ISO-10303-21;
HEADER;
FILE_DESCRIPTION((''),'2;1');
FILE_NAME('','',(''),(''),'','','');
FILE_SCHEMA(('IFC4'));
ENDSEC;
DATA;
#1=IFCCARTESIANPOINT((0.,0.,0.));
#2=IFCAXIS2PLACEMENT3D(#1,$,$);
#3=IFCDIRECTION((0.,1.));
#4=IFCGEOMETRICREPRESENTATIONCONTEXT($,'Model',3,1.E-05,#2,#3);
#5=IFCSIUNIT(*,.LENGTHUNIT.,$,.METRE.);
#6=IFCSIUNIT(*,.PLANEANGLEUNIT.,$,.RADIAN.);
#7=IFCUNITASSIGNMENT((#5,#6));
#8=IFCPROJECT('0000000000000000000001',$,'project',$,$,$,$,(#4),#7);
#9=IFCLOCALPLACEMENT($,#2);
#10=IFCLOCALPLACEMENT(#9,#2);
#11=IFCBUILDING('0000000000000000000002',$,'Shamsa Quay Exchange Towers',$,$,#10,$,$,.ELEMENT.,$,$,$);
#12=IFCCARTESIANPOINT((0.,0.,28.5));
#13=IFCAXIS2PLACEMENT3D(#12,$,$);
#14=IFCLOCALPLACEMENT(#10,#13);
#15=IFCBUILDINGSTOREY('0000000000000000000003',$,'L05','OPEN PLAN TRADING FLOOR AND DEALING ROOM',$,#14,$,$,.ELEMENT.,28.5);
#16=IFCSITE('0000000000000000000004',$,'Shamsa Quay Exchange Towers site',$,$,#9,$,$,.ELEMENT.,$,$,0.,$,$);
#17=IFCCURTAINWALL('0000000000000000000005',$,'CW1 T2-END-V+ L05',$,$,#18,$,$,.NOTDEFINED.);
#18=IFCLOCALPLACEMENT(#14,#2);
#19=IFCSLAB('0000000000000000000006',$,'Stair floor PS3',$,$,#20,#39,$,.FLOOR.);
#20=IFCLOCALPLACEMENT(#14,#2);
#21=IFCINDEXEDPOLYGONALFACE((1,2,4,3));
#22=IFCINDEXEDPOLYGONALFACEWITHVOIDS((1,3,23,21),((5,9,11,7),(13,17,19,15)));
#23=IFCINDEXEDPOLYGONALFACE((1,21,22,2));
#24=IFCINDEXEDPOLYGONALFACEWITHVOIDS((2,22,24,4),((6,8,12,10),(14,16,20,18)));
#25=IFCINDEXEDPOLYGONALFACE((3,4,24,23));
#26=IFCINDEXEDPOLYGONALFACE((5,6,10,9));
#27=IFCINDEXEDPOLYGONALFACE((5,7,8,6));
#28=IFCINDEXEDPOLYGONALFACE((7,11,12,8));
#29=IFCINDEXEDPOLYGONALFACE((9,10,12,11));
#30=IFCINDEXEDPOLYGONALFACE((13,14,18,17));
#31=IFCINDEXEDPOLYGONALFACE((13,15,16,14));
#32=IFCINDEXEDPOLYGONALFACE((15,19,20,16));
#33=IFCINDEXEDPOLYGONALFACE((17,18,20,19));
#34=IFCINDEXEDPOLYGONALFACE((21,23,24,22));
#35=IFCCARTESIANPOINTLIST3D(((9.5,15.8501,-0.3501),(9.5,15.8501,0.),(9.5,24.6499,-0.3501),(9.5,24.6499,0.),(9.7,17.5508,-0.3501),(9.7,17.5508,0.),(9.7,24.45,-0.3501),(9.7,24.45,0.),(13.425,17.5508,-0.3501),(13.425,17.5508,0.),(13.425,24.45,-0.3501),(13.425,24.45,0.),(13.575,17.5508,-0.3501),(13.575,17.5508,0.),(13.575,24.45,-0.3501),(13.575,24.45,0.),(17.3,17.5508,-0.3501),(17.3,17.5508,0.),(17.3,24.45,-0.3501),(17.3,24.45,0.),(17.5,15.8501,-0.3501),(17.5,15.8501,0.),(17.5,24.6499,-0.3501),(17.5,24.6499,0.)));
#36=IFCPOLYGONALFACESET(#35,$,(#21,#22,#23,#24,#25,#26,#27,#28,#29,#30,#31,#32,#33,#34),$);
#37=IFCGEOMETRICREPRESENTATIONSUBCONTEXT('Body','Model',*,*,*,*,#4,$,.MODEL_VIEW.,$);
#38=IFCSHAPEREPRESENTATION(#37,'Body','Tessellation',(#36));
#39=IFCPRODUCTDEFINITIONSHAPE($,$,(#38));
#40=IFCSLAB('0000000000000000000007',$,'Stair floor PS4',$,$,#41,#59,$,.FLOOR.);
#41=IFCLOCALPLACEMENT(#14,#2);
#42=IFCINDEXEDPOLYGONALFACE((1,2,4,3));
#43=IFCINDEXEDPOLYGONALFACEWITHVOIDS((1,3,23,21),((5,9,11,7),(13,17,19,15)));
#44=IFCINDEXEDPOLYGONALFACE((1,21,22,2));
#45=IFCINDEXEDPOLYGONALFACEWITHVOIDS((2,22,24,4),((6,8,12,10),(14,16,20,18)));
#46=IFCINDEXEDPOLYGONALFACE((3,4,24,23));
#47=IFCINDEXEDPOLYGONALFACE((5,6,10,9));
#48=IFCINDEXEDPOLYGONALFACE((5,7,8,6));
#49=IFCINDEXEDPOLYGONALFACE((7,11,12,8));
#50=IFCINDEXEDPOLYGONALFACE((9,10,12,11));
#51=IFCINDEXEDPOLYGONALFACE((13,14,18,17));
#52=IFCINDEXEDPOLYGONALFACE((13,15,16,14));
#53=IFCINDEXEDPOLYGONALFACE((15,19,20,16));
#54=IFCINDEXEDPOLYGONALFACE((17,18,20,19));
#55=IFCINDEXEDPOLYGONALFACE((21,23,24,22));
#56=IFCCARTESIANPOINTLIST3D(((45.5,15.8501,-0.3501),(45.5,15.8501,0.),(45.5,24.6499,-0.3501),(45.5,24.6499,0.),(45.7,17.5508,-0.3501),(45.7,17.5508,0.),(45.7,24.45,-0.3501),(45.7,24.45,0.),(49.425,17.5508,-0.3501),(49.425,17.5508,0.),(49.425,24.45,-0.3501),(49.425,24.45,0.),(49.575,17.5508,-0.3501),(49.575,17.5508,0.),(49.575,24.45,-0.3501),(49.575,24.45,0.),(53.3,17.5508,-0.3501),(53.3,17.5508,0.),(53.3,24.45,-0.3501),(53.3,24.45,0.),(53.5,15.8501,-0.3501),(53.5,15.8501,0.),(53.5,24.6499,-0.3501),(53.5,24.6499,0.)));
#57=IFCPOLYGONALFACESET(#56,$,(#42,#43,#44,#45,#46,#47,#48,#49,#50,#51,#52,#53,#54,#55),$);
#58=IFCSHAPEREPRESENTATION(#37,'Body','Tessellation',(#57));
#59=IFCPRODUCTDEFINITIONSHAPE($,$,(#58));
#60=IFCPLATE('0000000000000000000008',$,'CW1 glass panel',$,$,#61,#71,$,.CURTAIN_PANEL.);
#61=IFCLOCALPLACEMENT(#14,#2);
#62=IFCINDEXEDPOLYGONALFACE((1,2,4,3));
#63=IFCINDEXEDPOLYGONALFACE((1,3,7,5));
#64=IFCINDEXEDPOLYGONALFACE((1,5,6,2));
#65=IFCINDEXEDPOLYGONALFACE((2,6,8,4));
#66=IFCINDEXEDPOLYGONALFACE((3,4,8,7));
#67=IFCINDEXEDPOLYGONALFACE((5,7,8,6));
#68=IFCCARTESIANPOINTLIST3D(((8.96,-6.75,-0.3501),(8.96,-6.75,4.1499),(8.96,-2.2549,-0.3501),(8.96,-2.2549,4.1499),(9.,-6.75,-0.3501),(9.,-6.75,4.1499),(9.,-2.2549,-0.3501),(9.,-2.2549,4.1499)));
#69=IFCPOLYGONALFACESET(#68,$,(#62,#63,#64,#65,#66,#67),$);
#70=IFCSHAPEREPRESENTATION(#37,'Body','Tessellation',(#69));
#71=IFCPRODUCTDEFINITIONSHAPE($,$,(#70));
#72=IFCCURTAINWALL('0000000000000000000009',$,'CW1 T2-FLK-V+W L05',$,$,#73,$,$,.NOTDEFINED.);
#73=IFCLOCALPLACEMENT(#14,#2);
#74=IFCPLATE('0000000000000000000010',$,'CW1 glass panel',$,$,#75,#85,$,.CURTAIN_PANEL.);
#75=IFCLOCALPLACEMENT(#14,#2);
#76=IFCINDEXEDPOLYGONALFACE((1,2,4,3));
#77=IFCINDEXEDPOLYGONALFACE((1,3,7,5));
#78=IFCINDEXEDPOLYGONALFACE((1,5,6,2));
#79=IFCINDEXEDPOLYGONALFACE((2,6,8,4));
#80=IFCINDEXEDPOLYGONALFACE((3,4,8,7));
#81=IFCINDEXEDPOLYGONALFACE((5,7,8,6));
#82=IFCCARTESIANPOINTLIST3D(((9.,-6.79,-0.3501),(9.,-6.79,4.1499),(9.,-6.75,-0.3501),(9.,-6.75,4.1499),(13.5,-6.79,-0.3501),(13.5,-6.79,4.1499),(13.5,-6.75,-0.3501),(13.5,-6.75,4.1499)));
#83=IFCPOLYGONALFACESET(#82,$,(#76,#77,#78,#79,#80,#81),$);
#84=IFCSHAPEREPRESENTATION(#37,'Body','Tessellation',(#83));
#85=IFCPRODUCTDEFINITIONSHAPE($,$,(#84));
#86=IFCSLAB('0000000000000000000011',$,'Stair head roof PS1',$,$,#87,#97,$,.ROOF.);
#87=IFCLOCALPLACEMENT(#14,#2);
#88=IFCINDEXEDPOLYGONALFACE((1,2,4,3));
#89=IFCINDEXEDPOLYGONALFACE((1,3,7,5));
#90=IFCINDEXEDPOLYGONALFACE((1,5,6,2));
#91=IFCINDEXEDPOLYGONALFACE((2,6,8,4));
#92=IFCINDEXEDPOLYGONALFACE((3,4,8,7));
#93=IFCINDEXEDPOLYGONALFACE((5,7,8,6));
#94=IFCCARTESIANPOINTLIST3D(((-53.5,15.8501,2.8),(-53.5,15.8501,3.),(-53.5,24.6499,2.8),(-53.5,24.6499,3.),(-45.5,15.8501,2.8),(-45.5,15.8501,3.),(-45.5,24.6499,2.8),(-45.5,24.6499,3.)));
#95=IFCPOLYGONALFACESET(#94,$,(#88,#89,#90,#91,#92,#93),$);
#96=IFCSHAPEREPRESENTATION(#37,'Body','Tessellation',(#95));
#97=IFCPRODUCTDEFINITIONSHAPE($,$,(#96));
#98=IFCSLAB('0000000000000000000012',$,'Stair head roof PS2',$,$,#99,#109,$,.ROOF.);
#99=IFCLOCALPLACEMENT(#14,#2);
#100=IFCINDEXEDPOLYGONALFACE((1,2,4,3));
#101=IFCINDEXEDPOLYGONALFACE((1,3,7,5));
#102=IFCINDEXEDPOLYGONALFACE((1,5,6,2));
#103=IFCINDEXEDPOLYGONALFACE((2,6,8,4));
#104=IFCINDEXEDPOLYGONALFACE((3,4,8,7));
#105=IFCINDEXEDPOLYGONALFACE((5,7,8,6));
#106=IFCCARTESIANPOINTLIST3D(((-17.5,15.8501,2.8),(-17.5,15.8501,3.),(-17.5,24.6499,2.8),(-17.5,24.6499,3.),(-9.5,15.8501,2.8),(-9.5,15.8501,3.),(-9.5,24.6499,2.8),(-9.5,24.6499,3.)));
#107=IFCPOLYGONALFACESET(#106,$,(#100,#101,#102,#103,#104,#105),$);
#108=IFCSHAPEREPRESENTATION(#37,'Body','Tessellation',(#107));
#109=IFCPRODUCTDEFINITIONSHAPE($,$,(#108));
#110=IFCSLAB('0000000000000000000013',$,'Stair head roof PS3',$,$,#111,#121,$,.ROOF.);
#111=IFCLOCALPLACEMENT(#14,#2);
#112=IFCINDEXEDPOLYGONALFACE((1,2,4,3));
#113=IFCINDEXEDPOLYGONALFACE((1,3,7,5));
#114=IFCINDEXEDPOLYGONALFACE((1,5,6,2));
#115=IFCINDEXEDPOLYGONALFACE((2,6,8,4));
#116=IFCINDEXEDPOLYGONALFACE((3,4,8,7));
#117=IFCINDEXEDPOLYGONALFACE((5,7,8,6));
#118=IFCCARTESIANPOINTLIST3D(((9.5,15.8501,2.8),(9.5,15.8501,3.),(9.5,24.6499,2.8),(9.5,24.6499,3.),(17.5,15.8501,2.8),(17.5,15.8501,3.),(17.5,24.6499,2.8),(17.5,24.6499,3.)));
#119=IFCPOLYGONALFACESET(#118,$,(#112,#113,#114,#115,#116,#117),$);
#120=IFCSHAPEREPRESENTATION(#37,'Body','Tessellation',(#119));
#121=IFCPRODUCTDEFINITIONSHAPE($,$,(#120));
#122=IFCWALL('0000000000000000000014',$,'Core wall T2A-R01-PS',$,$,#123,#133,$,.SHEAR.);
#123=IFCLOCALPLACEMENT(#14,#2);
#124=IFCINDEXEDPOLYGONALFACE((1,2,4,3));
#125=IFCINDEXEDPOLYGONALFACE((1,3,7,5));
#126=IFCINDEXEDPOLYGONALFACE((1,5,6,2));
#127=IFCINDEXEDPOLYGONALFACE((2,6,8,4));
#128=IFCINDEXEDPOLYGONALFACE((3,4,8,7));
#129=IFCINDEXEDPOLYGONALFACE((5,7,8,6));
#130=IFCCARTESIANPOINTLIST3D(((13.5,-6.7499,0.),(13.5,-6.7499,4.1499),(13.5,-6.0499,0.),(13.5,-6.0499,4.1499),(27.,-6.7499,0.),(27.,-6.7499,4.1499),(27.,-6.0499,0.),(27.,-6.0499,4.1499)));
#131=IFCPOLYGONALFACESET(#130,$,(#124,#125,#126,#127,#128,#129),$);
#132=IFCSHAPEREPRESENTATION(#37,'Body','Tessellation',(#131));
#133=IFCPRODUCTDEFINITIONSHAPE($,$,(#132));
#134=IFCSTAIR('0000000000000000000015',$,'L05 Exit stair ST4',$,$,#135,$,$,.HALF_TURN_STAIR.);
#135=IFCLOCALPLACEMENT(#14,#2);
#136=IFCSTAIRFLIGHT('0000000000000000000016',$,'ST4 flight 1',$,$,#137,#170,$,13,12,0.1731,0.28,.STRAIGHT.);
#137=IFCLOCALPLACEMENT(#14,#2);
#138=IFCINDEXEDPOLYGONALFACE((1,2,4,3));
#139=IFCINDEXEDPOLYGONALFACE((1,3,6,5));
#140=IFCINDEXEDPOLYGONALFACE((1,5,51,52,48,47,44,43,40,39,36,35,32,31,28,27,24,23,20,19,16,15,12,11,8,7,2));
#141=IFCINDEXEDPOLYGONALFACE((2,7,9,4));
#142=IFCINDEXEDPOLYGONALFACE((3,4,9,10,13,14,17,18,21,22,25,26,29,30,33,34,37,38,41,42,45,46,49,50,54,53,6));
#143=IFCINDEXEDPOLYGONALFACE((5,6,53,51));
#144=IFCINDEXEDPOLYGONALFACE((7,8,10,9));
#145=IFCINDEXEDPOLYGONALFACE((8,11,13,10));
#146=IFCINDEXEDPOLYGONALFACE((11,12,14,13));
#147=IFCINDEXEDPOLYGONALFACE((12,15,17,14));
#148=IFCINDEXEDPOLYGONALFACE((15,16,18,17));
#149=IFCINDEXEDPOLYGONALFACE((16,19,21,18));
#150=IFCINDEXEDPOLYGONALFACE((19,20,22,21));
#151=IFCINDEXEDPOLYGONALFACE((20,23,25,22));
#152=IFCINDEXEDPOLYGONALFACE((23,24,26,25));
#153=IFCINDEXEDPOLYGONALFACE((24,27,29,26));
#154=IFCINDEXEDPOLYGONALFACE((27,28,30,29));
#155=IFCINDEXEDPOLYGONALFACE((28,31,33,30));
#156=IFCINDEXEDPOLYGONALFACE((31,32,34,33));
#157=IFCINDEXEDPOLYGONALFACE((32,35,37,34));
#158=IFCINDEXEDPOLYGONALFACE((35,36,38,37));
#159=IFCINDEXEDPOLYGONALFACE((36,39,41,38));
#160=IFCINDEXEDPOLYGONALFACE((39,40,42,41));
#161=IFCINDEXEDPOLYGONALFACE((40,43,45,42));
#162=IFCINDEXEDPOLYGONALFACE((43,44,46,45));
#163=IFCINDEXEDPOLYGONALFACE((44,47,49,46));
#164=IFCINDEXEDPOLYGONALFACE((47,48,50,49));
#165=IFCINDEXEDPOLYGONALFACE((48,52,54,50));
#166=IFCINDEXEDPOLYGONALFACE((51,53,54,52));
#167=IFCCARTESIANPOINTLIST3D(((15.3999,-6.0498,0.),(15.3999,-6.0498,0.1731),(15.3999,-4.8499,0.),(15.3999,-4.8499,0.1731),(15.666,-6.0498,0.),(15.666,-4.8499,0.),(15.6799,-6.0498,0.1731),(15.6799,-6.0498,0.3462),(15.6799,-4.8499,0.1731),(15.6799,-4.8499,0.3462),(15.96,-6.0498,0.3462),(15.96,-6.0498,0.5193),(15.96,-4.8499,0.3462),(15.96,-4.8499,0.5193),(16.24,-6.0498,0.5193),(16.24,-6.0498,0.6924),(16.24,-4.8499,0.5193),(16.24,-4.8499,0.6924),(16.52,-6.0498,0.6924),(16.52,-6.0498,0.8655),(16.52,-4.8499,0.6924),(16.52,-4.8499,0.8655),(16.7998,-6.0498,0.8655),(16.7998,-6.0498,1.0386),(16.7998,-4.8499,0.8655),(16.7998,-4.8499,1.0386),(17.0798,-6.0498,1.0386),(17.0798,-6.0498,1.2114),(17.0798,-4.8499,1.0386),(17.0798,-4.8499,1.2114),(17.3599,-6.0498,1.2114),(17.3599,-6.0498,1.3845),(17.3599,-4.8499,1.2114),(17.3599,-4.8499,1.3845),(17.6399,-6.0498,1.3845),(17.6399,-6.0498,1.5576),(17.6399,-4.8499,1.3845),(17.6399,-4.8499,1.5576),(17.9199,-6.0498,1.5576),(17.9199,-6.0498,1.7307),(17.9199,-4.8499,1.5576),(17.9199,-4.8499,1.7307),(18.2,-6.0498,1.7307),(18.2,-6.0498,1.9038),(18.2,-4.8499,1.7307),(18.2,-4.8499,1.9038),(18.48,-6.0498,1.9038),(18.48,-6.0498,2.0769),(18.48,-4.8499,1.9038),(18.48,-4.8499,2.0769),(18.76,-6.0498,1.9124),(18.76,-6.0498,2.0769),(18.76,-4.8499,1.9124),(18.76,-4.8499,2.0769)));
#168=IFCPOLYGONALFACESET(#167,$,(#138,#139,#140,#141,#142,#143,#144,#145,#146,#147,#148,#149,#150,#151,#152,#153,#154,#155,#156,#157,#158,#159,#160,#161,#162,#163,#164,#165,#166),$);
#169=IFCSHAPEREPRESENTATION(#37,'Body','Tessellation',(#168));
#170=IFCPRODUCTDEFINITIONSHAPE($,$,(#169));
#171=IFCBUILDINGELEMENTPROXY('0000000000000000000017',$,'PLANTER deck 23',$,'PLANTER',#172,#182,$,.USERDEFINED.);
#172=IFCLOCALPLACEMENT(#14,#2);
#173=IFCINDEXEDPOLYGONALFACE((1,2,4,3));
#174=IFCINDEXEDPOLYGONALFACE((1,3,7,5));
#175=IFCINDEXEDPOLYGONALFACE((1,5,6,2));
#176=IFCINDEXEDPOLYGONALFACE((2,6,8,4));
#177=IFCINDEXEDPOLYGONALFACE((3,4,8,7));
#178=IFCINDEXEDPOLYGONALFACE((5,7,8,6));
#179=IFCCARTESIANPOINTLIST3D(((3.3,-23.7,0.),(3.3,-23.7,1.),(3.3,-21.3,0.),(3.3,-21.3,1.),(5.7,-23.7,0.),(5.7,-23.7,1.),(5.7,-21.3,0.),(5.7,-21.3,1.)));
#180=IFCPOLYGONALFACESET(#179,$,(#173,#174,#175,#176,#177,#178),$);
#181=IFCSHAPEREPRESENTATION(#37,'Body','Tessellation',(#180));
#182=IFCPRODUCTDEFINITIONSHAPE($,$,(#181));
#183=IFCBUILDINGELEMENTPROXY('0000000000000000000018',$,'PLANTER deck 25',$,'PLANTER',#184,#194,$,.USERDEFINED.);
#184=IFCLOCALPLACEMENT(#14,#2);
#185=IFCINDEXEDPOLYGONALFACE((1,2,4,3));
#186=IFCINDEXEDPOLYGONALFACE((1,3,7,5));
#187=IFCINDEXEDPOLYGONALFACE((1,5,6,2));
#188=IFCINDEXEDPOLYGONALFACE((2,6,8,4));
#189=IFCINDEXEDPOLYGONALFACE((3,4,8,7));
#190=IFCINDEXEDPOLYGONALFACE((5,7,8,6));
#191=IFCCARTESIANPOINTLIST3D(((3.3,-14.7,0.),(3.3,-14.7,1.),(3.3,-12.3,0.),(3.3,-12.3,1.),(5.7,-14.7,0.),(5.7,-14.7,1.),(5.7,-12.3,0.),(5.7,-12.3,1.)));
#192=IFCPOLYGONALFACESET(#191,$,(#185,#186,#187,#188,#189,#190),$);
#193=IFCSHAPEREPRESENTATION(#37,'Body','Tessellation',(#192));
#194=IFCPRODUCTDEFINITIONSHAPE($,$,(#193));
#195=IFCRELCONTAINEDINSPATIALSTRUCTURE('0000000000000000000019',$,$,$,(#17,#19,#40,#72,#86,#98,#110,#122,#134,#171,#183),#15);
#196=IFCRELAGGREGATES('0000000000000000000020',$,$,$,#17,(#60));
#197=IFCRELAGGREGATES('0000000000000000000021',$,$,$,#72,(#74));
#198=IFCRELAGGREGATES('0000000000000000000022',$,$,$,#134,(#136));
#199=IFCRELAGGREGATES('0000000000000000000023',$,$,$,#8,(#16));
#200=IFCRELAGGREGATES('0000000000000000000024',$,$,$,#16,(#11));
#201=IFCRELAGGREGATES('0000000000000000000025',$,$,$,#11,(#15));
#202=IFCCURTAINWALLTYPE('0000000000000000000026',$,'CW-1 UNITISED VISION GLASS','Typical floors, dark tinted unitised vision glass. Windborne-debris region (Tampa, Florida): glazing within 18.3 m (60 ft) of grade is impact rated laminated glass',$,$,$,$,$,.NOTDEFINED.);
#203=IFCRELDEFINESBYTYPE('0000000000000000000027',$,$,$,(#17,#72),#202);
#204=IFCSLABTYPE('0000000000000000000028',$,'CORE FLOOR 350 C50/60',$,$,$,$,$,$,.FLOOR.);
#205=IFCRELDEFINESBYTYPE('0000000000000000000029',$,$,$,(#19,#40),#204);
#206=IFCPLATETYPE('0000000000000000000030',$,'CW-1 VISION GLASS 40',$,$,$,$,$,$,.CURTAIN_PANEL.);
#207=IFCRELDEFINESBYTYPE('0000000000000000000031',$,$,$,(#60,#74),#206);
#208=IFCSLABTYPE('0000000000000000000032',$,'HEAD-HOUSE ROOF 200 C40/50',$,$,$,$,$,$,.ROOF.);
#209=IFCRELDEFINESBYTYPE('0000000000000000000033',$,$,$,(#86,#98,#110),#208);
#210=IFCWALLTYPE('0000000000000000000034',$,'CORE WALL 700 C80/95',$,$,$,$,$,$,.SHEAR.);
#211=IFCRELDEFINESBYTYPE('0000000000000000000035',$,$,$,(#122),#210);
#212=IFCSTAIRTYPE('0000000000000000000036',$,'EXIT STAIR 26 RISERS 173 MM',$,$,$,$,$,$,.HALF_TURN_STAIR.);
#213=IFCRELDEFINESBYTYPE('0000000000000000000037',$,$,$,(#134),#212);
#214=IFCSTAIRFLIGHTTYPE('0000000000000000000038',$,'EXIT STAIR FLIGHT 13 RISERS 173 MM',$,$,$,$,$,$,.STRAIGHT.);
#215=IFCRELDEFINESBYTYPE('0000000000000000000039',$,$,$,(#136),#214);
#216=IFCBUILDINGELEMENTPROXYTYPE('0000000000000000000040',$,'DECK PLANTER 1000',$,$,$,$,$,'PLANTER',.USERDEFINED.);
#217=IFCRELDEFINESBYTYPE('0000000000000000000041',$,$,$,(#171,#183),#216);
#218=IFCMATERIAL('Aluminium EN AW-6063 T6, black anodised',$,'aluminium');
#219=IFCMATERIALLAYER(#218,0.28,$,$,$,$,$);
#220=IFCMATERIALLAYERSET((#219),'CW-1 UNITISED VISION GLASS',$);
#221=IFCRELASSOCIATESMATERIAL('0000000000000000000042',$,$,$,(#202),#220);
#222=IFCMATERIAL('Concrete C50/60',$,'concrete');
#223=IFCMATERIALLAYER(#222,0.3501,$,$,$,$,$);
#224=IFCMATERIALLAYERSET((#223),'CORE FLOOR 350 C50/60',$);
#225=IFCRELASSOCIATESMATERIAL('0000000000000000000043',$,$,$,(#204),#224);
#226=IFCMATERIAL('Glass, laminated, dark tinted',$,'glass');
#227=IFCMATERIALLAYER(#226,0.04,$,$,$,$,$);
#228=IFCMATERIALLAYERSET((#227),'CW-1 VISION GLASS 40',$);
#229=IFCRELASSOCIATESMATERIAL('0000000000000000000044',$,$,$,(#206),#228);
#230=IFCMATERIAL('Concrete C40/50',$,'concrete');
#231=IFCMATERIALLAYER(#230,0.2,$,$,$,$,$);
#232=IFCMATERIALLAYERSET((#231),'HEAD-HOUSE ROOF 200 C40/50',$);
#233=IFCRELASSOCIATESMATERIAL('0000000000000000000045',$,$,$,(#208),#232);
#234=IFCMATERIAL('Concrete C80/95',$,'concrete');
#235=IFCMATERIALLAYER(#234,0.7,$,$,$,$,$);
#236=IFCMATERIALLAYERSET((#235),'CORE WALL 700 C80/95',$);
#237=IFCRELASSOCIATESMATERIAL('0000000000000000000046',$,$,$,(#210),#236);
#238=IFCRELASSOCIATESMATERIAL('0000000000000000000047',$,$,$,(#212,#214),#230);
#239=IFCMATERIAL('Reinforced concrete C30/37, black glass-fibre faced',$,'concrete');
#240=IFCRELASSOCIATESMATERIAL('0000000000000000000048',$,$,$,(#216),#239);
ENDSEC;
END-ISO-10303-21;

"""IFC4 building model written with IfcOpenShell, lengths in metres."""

from ifc_helpers import new_model, si_unit, direction, frame, frame_2d, origin, origin_2d, place, context, subcontext, project, spatial, polyline, rectangle, outline, extrude, material, layer, layer_set, type_object, element, aggregate, save


model = new_model("IFC4")

# Units and contexts
model_context = context("Model", 3, precision=1e-05, world=origin(), true_north=direction((0.0, 1.0)))
body_context = subcontext(model_context, "Body", "Model", "MODEL_VIEW")
ifc_project = project(units=[si_unit("LENGTHUNIT", "METRE"), si_unit("PLANEANGLEUNIT", "RADIAN")], contexts=[model_context])

# Site, building, storey
site_placement = place(None, origin())
site = spatial("IfcSite", under=ifc_project, at=site_placement, Name="Shamsa Quay Exchange Towers site", CompositionType="ELEMENT", RefElevation=0.0)
building_placement = place(site_placement, origin())
building = spatial("IfcBuilding", under=site, at=building_placement, Name="Shamsa Quay Exchange Towers", CompositionType="ELEMENT")
storey_placement = place(building_placement, frame((0.0, 0.0, 28.5)))
storey = spatial("IfcBuildingStorey", under=building, at=storey_placement, Name="L05", Description="OPEN PLAN TRADING FLOOR AND DEALING ROOM", CompositionType="ELEMENT", Elevation=28.5)

# Curtain wall
ifc_material_1 = material(Name="Aluminium EN AW-6063 T6, black anodised", Category="aluminium")
ifc_layer_1 = layer(ifc_material_1, 0.28)
ifc_layer_set_1 = layer_set([ifc_layer_1], Name="CW-1 UNITISED VISION GLASS")
curtain_wall_type = type_object("IfcCurtainWallType", Name="CW-1 UNITISED VISION GLASS", Description="Typical floors, dark tinted unitised vision glass. Windborne-debris region (Tampa, Florida): glazing within 18.3 m (60 ft) of grade is impact rated laminated glass", PredefinedType="NOTDEFINED", material=ifc_layer_set_1)
curtain_wall_1_placement = place(storey_placement, origin())
curtain_wall_1 = element("IfcCurtainWall", 1, at=curtain_wall_1_placement, inside=storey, type_object=curtain_wall_type, Name="CW1 T2-END-V+ L05", PredefinedType="NOTDEFINED")

# Slabs
ifc_material_2 = material(Name="Concrete C50/60", Category="concrete")
ifc_layer_2 = layer(ifc_material_2, 0.3501)
ifc_layer_set_2 = layer_set([ifc_layer_2], Name="CORE FLOOR 350 C50/60")
slab_type_1 = type_object("IfcSlabType", Name="CORE FLOOR 350 C50/60", PredefinedType="FLOOR", material=ifc_layer_set_2)
slab_1_placement = place(storey_placement, frame((0.0, 0.0, -0.3501)))
element("IfcSlab", 2, at=slab_1_placement, inside=storey, type_object=slab_type_1, Name="Stair floor PS3", PredefinedType="FLOOR", context=body_context, shape_type="SweptSolid", body=[
    extrude(outline(polyline([(9.5, 15.8501), (17.5, 15.8501), (17.5, 24.6499), (9.5, 24.6499), (9.5, 15.8501)]), holes=[polyline([(13.425, 17.5508), (9.7, 17.5508), (9.7, 24.45), (13.425, 24.45), (13.425, 17.5508)]), polyline([(17.3, 17.5508), (13.575, 17.5508), (13.575, 24.45), (17.3, 24.45), (17.3, 17.5508)])]), origin(), (0.0, 0.0, 1.0), 0.3501),
])
slab_2_placement = place(storey_placement, frame((0.0, 0.0, -0.3501)))
element("IfcSlab", 3, at=slab_2_placement, inside=storey, type_object=slab_type_1, Name="Stair floor PS4", PredefinedType="FLOOR", context=body_context, shape_type="SweptSolid", body=[
    extrude(outline(polyline([(45.5, 15.8501), (53.5, 15.8501), (53.5, 24.6499), (45.5, 24.6499), (45.5, 15.8501)]), holes=[polyline([(49.425, 17.5508), (45.7, 17.5508), (45.7, 24.45), (49.425, 24.45), (49.425, 17.5508)]), polyline([(53.3, 17.5508), (49.575, 17.5508), (49.575, 24.45), (53.3, 24.45), (53.3, 17.5508)])]), origin(), (0.0, 0.0, 1.0), 0.3501),
])

# Plate
ifc_material_3 = material(Name="Glass, laminated, dark tinted", Category="glass")
ifc_layer_3 = layer(ifc_material_3, 0.04)
ifc_layer_set_3 = layer_set([ifc_layer_3], Name="CW-1 VISION GLASS 40")
plate_type = type_object("IfcPlateType", Name="CW-1 VISION GLASS 40", PredefinedType="CURTAIN_PANEL", material=ifc_layer_set_3)
plate_1_placement = place(storey_placement, frame((8.98, -4.5024, -0.3501), z_axis=(0.0, 0.0, 1.0), x_axis=(0.0, -1.0, 0.0)))
plate_1 = element("IfcPlate", 4, at=plate_1_placement, type_object=plate_type, Name="CW1 glass panel", PredefinedType="CURTAIN_PANEL", context=body_context, shape_type="SweptSolid", body=[
    extrude(rectangle(XDim=4.4951, YDim=0.04, at=origin_2d()), origin(), (0.0, 0.0, 1.0), 4.5),
])
aggregate(curtain_wall_1, [plate_1])

# Curtain wall, plate
curtain_wall_2_placement = place(storey_placement, origin())
curtain_wall_2 = element("IfcCurtainWall", 5, at=curtain_wall_2_placement, inside=storey, type_object=curtain_wall_type, Name="CW1 T2-FLK-V+W L05", PredefinedType="NOTDEFINED")
plate_2_placement = place(storey_placement, frame((11.25, -6.77, -0.3501)))
plate_2 = element("IfcPlate", 6, at=plate_2_placement, type_object=plate_type, Name="CW1 glass panel", PredefinedType="CURTAIN_PANEL", context=body_context, shape_type="SweptSolid", body=[
    extrude(rectangle(XDim=4.5, YDim=0.04, at=origin_2d()), origin(), (0.0, 0.0, 1.0), 4.5),
])
aggregate(curtain_wall_2, [plate_2])

# Slabs
ifc_material_4 = material(Name="Concrete C40/50", Category="concrete")
ifc_layer_4 = layer(ifc_material_4, 0.2)
ifc_layer_set_4 = layer_set([ifc_layer_4], Name="HEAD-HOUSE ROOF 200 C40/50")
slab_type_2 = type_object("IfcSlabType", Name="HEAD-HOUSE ROOF 200 C40/50", PredefinedType="ROOF", material=ifc_layer_set_4)
slab_3_placement = place(storey_placement, frame((0.0, 0.0, 2.8)))
element("IfcSlab", 7, at=slab_3_placement, inside=storey, type_object=slab_type_2, Name="Stair head roof PS1", PredefinedType="ROOF", context=body_context, shape_type="SweptSolid", body=[
    extrude(outline(polyline([(-53.5, 15.8501), (-45.5, 15.8501), (-45.5, 24.6499), (-53.5, 24.6499), (-53.5, 15.8501)])), origin(), (0.0, 0.0, 1.0), 0.2),
])
slab_4_placement = place(storey_placement, frame((0.0, 0.0, 2.8)))
element("IfcSlab", 8, at=slab_4_placement, inside=storey, type_object=slab_type_2, Name="Stair head roof PS2", PredefinedType="ROOF", context=body_context, shape_type="SweptSolid", body=[
    extrude(outline(polyline([(-17.5, 15.8501), (-9.5, 15.8501), (-9.5, 24.6499), (-17.5, 24.6499), (-17.5, 15.8501)])), origin(), (0.0, 0.0, 1.0), 0.2),
])
slab_5_placement = place(storey_placement, frame((0.0, 0.0, 2.8)))
element("IfcSlab", 9, at=slab_5_placement, inside=storey, type_object=slab_type_2, Name="Stair head roof PS3", PredefinedType="ROOF", context=body_context, shape_type="SweptSolid", body=[
    extrude(outline(polyline([(9.5, 15.8501), (17.5, 15.8501), (17.5, 24.6499), (9.5, 24.6499), (9.5, 15.8501)])), origin(), (0.0, 0.0, 1.0), 0.2),
])

# Wall
ifc_material_5 = material(Name="Concrete C80/95", Category="concrete")
ifc_layer_5 = layer(ifc_material_5, 0.7)
ifc_layer_set_5 = layer_set([ifc_layer_5], Name="CORE WALL 700 C80/95")
wall_type_1 = type_object("IfcWallType", Name="CORE WALL 700 C80/95", PredefinedType="SHEAR", material=ifc_layer_set_5)
wall_1_placement = place(storey_placement, frame((13.5, -6.3999, 0.0)))
element("IfcWall", 10, at=wall_1_placement, inside=storey, type_object=wall_type_1, Name="Core wall T2A-R01-PS", PredefinedType="SHEAR", context=body_context, shape_type="SweptSolid", body=[
    extrude(rectangle(XDim=13.5, YDim=0.7, at=frame_2d((6.75, 0.0))), origin(), (0.0, 0.0, 1.0), 4.1499),
])

# Stair, stair flight
stair_type = type_object("IfcStairType", Name="EXIT STAIR 26 RISERS 173 MM", PredefinedType="HALF_TURN_STAIR", material=ifc_material_4)
stair_placement = place(storey_placement, origin())
stair = element("IfcStair", 11, at=stair_placement, inside=storey, type_object=stair_type, Name="L05 Exit stair ST4", PredefinedType="HALF_TURN_STAIR")
stair_flight_type = type_object("IfcStairFlightType", Name="EXIT STAIR FLIGHT 13 RISERS 173 MM", PredefinedType="STRAIGHT", material=ifc_material_4)
stair_flight_placement = place(storey_placement, frame((15.3999, -5.45, 0.0)))
stair_flight = element("IfcStairFlight", 12, at=stair_flight_placement, type_object=stair_flight_type, Name="ST4 flight 1", NumberOfRisers=13, NumberOfTreads=12, PredefinedType="STRAIGHT", RiserHeight=0.1731, TreadLength=0.28, context=body_context, shape_type="SweptSolid", body=[
    extrude(outline(polyline([(0.0, 0.0), (0.0, 0.1731), (0.28, 0.1731), (0.28, 0.3462), (0.5601, 0.3462), (0.5601, 0.5193), (0.8401, 0.5193), (0.8401, 0.6924), (1.1201, 0.6924), (1.1201, 0.8655), (1.3999, 0.8655), (1.3999, 1.0386), (1.6799, 1.0386), (1.6799, 1.2114), (1.96, 1.2114), (1.96, 1.3845), (2.24, 1.3845), (2.24, 1.5576), (2.52, 1.5576), (2.52, 1.7307), (2.8, 1.7307), (2.8, 1.9038), (3.0801, 1.9038), (3.0801, 2.0769), (3.3601, 2.0769), (3.3601, 2.25), (3.3601, 1.9124), (0.2661, 0.0), (0.0, 0.0)])), frame((0.0, 0.6001, 0.0), z_axis=(0.0, -1.0, 0.0), x_axis=(1.0, 0.0, 0.0)), (0.0, 0.0, 1.0), 1.2),
])
aggregate(stair, [stair_flight])

# Building element proxies
ifc_material_6 = material(Name="Reinforced concrete C30/37, black glass-fibre faced", Category="concrete")
building_element_proxy_type = type_object("IfcBuildingElementProxyType", Name="DECK PLANTER 1000", ElementType="PLANTER", PredefinedType="USERDEFINED", material=ifc_material_6)
for number, where, name in (
    (13, (4.5, -22.5, 0.0), "PLANTER deck 23"),
    (14, (4.5, -13.5, 0.0), "PLANTER deck 25"),
):
    element("IfcBuildingElementProxy", number, at=place(storey_placement, frame(where)), inside=storey, type_object=building_element_proxy_type, Name=name, ObjectType="PLANTER", PredefinedType="USERDEFINED", context=body_context, shape_type="SweptSolid", body=[
        extrude(rectangle(XDim=2.3999, YDim=2.3999, at=origin_2d()), origin(), (0.0, 0.0, 1.0), 1.0),
    ])

save(model, "model.ifc")
